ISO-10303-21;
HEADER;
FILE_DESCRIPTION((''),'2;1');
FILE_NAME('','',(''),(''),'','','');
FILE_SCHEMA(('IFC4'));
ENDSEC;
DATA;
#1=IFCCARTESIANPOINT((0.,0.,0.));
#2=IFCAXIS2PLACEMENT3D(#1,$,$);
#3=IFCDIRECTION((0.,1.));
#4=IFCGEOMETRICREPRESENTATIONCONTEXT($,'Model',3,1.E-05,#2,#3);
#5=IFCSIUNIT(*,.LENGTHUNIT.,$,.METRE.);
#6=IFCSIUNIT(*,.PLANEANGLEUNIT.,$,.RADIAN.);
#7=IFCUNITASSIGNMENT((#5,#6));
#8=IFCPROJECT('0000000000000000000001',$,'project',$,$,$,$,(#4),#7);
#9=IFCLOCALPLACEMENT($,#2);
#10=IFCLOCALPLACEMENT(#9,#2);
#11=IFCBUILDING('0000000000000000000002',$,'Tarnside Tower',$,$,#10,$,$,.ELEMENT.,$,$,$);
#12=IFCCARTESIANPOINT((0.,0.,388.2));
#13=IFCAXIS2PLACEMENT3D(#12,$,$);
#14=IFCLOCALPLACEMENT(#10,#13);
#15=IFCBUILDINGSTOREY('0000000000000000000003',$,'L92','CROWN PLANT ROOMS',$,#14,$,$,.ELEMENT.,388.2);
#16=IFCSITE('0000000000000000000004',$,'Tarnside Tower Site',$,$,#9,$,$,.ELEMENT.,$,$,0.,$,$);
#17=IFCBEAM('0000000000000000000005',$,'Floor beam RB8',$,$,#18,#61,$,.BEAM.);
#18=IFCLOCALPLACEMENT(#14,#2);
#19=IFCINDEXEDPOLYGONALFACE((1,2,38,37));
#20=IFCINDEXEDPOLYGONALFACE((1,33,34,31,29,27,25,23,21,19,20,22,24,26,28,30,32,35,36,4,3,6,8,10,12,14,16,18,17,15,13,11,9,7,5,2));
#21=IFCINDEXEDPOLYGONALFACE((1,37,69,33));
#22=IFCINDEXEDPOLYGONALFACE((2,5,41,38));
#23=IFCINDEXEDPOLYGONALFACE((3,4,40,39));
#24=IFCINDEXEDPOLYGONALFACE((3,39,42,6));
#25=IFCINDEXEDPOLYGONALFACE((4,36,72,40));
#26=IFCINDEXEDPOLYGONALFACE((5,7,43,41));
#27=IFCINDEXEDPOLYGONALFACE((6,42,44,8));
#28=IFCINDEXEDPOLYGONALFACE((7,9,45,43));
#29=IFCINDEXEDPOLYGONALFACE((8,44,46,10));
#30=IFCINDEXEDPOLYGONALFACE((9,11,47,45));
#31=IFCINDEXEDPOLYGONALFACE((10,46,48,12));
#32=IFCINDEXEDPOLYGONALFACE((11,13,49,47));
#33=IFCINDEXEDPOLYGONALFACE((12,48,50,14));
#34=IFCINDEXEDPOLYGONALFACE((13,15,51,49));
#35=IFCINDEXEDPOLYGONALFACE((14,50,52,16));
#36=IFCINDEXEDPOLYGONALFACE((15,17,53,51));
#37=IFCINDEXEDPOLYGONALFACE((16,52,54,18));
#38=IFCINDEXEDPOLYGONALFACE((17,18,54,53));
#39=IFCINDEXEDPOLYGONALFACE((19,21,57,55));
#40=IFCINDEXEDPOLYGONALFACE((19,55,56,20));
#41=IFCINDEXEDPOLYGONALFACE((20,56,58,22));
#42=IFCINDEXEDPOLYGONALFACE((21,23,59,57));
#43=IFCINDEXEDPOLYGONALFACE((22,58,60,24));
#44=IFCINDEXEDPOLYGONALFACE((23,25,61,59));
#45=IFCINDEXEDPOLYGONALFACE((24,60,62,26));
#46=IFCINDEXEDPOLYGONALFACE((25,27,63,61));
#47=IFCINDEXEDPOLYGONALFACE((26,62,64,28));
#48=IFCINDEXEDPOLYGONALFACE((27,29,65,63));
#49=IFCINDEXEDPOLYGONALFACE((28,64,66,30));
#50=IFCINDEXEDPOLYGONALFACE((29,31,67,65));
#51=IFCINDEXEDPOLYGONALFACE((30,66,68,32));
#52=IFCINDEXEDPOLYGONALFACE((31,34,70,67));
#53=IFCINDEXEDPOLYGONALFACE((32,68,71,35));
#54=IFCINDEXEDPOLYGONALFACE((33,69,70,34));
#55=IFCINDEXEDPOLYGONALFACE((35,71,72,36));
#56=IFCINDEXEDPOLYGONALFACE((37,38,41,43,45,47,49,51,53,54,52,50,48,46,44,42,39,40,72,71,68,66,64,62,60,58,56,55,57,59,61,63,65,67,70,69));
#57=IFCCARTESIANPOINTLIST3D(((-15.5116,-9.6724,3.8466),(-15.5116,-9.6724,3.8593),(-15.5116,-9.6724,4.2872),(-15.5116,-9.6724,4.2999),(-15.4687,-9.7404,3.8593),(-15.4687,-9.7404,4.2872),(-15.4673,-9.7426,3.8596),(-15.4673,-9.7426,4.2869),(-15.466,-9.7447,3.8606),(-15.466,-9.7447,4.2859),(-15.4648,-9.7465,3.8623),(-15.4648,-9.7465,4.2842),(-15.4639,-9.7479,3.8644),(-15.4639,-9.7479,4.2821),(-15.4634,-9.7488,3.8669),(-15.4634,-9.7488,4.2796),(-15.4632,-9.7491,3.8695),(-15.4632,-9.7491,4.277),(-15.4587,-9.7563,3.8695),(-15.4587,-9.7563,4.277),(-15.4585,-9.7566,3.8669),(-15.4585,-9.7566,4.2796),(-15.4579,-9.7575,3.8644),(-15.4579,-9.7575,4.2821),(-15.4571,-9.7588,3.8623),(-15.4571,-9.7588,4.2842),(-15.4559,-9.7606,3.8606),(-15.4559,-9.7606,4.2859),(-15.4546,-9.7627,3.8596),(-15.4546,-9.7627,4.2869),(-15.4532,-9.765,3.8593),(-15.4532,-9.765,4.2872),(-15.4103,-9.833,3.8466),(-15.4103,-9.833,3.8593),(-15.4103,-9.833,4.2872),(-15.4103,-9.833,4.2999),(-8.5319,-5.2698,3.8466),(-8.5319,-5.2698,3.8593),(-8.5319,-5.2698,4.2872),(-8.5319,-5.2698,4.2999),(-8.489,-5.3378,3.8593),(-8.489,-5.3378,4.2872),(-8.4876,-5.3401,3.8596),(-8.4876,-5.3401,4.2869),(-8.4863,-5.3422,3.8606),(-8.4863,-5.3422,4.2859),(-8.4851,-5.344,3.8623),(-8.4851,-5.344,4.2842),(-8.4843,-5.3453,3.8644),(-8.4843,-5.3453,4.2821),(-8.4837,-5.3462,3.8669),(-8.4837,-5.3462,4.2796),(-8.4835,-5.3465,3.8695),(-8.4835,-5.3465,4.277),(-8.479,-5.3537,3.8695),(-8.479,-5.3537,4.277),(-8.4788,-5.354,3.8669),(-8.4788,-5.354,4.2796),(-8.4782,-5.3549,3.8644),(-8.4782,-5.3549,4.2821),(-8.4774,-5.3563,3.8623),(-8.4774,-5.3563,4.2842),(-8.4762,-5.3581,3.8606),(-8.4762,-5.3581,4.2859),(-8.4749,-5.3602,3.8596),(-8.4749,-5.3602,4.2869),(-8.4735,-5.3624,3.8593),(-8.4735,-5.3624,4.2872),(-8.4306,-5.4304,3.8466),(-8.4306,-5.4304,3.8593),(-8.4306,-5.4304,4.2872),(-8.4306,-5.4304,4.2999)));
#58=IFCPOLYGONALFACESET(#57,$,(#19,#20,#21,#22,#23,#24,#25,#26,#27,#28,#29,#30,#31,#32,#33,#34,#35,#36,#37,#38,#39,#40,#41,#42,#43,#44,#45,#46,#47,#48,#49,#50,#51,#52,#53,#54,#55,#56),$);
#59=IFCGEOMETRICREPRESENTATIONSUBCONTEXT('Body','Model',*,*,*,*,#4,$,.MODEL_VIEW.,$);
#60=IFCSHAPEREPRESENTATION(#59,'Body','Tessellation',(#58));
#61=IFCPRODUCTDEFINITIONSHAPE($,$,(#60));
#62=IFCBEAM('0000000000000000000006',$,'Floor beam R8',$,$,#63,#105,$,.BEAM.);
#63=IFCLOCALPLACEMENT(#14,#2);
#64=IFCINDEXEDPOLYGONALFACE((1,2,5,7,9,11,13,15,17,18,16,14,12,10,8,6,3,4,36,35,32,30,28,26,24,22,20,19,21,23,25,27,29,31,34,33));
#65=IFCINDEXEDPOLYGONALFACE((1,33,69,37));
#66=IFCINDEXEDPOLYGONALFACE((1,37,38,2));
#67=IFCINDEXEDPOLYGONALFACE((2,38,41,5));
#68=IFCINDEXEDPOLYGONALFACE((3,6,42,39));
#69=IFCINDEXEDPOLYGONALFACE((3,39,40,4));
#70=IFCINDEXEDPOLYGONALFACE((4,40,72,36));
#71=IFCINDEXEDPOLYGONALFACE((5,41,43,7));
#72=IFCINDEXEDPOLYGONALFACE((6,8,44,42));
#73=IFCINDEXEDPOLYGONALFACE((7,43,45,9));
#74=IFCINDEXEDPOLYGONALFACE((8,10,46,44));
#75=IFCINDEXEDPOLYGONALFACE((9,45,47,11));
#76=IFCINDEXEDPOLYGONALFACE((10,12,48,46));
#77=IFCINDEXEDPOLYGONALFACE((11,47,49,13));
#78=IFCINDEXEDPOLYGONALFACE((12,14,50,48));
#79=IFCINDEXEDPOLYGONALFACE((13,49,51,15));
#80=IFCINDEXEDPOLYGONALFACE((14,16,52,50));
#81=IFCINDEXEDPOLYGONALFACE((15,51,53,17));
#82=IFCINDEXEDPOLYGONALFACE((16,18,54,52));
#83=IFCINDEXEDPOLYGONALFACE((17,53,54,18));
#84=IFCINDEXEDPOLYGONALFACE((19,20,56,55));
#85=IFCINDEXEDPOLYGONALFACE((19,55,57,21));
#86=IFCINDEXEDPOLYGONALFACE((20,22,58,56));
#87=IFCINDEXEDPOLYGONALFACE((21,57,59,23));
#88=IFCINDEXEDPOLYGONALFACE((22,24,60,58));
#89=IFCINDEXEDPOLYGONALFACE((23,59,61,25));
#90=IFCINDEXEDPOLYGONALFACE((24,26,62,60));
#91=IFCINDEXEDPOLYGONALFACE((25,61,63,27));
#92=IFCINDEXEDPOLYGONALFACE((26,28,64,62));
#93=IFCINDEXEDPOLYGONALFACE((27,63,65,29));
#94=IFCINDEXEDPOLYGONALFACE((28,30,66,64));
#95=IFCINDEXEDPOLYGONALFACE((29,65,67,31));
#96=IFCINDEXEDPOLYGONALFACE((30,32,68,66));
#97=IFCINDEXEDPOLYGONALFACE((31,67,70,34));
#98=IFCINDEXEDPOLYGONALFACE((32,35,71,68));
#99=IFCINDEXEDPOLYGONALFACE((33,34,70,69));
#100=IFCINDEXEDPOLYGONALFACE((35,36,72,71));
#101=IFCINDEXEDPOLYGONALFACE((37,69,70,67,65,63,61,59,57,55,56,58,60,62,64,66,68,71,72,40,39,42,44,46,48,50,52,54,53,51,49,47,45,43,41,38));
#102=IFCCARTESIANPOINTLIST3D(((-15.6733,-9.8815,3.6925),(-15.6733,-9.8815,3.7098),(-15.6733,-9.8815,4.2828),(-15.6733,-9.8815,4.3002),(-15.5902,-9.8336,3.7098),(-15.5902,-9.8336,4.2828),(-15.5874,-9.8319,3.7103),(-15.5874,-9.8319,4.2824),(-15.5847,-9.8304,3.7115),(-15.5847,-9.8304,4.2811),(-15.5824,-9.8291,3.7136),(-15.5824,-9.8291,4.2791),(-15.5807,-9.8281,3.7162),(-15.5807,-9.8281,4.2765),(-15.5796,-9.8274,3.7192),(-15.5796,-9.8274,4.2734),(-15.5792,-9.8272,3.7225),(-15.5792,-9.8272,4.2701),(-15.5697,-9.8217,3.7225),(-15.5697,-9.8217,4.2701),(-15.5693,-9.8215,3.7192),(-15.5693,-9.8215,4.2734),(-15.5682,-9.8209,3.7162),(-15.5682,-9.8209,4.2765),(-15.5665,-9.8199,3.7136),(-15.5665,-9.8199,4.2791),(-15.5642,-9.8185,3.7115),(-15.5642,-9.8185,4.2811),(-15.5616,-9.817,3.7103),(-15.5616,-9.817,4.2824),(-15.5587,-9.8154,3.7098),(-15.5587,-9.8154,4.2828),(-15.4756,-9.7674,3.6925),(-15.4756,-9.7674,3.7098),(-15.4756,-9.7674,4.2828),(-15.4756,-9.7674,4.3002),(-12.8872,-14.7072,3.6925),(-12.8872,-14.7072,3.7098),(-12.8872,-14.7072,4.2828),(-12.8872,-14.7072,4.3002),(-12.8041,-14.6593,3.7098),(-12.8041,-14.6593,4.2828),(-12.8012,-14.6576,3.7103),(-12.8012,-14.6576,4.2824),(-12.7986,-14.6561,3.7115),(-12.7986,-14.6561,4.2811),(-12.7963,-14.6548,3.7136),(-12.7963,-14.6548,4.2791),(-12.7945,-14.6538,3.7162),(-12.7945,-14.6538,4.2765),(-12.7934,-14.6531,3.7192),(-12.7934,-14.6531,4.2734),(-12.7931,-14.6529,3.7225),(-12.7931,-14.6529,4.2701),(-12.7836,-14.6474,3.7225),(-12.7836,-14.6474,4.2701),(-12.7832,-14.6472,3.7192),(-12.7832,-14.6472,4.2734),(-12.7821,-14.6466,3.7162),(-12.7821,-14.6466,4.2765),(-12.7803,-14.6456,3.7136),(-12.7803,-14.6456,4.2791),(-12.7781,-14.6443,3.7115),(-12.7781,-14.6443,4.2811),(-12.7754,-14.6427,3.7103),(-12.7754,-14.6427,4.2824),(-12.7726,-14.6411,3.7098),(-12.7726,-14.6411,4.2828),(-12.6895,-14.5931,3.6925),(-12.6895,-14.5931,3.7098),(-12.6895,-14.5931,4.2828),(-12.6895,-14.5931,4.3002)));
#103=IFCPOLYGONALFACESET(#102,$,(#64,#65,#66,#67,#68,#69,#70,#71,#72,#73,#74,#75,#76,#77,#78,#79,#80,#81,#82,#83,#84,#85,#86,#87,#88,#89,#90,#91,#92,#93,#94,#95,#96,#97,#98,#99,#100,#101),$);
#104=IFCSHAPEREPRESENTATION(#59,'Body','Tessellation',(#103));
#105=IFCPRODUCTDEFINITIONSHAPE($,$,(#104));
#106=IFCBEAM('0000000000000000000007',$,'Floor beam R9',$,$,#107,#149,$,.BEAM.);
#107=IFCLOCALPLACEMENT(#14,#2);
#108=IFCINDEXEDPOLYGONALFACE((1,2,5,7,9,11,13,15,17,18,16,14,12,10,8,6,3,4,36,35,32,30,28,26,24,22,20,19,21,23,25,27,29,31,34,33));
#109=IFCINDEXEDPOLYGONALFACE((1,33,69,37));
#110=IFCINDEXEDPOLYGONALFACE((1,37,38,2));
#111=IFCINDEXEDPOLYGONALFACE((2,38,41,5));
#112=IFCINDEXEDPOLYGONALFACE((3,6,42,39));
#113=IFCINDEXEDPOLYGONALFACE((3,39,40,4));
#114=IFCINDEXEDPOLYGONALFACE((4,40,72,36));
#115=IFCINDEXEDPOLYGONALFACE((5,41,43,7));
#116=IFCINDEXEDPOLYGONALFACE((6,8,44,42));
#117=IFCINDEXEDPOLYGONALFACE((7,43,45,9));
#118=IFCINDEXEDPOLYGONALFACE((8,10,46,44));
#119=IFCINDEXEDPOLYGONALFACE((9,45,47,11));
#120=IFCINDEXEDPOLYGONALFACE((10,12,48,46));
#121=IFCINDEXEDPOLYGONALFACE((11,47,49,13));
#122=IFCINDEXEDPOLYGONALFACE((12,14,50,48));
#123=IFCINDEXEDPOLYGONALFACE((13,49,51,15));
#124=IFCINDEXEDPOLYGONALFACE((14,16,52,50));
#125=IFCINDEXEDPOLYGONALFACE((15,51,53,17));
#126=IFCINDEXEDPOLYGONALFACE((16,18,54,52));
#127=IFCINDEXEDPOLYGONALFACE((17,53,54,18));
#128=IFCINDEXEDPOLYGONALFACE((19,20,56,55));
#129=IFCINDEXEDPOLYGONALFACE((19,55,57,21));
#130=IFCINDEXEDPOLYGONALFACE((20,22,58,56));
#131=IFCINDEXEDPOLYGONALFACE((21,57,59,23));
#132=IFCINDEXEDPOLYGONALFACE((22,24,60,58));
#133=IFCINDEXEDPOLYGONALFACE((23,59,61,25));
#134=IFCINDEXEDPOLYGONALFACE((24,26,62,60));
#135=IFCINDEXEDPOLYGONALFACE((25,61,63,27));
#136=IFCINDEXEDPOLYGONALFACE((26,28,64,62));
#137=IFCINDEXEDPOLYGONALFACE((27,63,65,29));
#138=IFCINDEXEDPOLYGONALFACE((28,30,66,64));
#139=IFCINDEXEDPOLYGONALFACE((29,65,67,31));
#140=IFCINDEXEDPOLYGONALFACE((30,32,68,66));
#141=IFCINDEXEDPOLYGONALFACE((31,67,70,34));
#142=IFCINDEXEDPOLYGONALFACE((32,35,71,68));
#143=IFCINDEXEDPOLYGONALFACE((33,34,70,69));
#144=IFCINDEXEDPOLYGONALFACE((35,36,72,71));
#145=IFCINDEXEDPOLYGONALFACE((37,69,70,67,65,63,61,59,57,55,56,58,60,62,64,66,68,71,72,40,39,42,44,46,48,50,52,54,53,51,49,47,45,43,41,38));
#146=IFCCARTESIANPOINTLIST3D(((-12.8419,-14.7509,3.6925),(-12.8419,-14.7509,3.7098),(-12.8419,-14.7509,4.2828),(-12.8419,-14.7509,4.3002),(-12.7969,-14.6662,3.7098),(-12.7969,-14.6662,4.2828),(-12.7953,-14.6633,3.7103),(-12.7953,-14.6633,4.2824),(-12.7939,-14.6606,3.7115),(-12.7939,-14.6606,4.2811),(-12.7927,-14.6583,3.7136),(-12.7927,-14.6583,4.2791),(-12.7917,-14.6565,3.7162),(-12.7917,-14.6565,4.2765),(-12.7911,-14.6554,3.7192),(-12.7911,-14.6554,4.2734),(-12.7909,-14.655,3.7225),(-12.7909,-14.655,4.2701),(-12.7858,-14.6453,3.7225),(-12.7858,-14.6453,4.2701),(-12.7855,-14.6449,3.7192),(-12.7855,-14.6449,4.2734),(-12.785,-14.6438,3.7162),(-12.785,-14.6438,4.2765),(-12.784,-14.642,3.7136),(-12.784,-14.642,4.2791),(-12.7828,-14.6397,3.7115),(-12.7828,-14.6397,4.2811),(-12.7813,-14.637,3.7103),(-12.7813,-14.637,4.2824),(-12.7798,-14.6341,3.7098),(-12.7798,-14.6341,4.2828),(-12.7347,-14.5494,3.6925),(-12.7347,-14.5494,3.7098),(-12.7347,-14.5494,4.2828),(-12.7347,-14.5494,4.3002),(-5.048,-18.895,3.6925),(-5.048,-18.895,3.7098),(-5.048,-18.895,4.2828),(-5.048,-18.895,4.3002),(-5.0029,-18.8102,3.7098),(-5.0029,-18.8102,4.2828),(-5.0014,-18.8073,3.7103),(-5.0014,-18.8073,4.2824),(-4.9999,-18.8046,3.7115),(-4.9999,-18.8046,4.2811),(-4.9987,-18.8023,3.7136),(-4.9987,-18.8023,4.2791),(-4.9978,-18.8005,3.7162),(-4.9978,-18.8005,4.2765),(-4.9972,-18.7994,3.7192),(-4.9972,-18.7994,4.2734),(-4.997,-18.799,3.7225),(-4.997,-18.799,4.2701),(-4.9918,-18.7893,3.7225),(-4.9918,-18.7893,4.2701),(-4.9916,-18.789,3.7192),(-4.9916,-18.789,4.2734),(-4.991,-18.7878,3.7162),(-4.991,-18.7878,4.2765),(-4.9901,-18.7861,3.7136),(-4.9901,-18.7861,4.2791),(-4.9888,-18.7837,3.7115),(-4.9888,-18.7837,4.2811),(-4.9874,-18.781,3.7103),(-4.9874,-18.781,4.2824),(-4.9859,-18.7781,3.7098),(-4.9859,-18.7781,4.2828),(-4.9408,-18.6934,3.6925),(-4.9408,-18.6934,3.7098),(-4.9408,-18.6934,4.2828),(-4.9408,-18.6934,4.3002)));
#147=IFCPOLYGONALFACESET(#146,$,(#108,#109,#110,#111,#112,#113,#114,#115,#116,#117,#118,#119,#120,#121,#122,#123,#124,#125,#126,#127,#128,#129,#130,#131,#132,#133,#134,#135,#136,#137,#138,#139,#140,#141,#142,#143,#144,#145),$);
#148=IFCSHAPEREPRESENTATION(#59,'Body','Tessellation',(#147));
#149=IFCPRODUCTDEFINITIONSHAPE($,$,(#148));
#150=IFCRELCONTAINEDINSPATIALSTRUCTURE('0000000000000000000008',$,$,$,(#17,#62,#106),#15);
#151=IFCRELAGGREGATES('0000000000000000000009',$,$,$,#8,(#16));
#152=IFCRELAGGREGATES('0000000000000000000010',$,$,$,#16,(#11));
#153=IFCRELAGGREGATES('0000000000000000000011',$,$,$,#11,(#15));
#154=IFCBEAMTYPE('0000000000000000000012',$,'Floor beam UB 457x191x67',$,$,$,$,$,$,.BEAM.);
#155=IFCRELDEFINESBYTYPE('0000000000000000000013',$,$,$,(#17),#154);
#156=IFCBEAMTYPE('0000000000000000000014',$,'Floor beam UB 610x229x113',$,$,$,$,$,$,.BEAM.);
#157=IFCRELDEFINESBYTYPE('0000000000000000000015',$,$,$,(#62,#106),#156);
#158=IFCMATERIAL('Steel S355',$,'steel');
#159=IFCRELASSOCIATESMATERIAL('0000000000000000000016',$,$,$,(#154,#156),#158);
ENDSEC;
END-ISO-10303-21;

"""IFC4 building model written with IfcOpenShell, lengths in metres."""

from ifc_helpers import new_model, si_unit, direction, frame, origin, origin_2d, place, context, subcontext, project, spatial, i_section, extrude, material, material_profile, profile_set, type_object, element, save


model = new_model("IFC4")

# Units and contexts
model_context = context("Model", 3, precision=1e-05, world=origin(), true_north=direction((0.0, 1.0)))
body_context = subcontext(model_context, "Body", "Model", "MODEL_VIEW")
ifc_project = project(units=[si_unit("LENGTHUNIT", "METRE"), si_unit("PLANEANGLEUNIT", "RADIAN")], contexts=[model_context])

# Site, building, storey
site_placement = place(None, origin())
site = spatial("IfcSite", under=ifc_project, at=site_placement, Name="Tarnside Tower Site", CompositionType="ELEMENT", RefElevation=0.0)
building_placement = place(site_placement, origin())
building = spatial("IfcBuilding", under=site, at=building_placement, Name="Tarnside Tower", CompositionType="ELEMENT")
storey_placement = place(building_placement, frame((0.0, 0.0, 388.2)))
storey = spatial("IfcBuildingStorey", under=building, at=storey_placement, Name="L92", Description="CROWN PLANT ROOMS", CompositionType="ELEMENT", Elevation=388.2)

# Beams
ifc_material_1 = material(Name="Steel S355", Category="steel")
ifc_material_profile_1 = material_profile(ifc_material_1, i_section(OverallWidth=0.1899, OverallDepth=0.4534, WebThickness=0.0085, FlangeThickness=0.0127, FilletRadius=0.0103, at=origin_2d()), Name="UB 457x191x67")
ifc_profile_set_1 = profile_set([ifc_material_profile_1], Name="Steel S355")
beam_type_1 = type_object("IfcBeamType", Name="Floor beam UB 457x191x67", PredefinedType="BEAM", material=ifc_profile_set_1)
beam_1_placement = place(storey_placement, frame((-15.4609, -9.7527, 4.0732), z_axis=(0.845799, 0.533502, 0.0), x_axis=(-0.533502, 0.845799, 0.0)))
element("IfcBeam", 1, at=beam_1_placement, inside=storey, type_object=beam_type_1, Name="Floor beam RB8", PredefinedType="BEAM", context=body_context, shape_type="SweptSolid", body=[
    extrude(i_section(OverallWidth=0.1899, OverallDepth=0.4534, WebThickness=0.0085, FlangeThickness=0.0127, FilletRadius=0.0103, at=origin_2d()), origin(), (0.0, 0.0, 1.0), 8.2522),
])
ifc_material_profile_2 = material_profile(ifc_material_1, i_section(OverallWidth=0.2283, OverallDepth=0.6077, WebThickness=0.011, FlangeThickness=0.0173, FilletRadius=0.0127, at=origin_2d()), Name="UB 610x229x113")
ifc_profile_set_2 = profile_set([ifc_material_profile_2], Name="Steel S355")
beam_type_2 = type_object("IfcBeamType", Name="Floor beam UB 610x229x113", PredefinedType="BEAM", material=ifc_profile_set_2)
beam_2_placement = place(storey_placement, frame((-15.5745, -9.8245, 3.9963), z_axis=(0.500003, -0.866024, 0.0), x_axis=(0.866024, 0.500003, 0.0)))
element("IfcBeam", 2, at=beam_2_placement, inside=storey, type_object=beam_type_2, Name="Floor beam R8", PredefinedType="BEAM", context=body_context, shape_type="SweptSolid", body=[
    extrude(i_section(OverallWidth=0.2283, OverallDepth=0.6077, WebThickness=0.011, FlangeThickness=0.0173, FilletRadius=0.0127, at=origin_2d()), origin(), (0.0, 0.0, 1.0), 5.5723),
])
beam_3_placement = place(storey_placement, frame((-12.7883, -14.6501, 3.9963), z_axis=(0.882951, -0.469465, 0.0), x_axis=(0.469465, 0.882951, 0.0)))
element("IfcBeam", 3, at=beam_3_placement, inside=storey, type_object=beam_type_2, Name="Floor beam R9", PredefinedType="BEAM", context=body_context, shape_type="SweptSolid", body=[
    extrude(i_section(OverallWidth=0.2283, OverallDepth=0.6077, WebThickness=0.011, FlangeThickness=0.0173, FilletRadius=0.0127, at=origin_2d()), origin(), (0.0, 0.0, 1.0), 8.8271),
])

save(model, "model.ifc")
